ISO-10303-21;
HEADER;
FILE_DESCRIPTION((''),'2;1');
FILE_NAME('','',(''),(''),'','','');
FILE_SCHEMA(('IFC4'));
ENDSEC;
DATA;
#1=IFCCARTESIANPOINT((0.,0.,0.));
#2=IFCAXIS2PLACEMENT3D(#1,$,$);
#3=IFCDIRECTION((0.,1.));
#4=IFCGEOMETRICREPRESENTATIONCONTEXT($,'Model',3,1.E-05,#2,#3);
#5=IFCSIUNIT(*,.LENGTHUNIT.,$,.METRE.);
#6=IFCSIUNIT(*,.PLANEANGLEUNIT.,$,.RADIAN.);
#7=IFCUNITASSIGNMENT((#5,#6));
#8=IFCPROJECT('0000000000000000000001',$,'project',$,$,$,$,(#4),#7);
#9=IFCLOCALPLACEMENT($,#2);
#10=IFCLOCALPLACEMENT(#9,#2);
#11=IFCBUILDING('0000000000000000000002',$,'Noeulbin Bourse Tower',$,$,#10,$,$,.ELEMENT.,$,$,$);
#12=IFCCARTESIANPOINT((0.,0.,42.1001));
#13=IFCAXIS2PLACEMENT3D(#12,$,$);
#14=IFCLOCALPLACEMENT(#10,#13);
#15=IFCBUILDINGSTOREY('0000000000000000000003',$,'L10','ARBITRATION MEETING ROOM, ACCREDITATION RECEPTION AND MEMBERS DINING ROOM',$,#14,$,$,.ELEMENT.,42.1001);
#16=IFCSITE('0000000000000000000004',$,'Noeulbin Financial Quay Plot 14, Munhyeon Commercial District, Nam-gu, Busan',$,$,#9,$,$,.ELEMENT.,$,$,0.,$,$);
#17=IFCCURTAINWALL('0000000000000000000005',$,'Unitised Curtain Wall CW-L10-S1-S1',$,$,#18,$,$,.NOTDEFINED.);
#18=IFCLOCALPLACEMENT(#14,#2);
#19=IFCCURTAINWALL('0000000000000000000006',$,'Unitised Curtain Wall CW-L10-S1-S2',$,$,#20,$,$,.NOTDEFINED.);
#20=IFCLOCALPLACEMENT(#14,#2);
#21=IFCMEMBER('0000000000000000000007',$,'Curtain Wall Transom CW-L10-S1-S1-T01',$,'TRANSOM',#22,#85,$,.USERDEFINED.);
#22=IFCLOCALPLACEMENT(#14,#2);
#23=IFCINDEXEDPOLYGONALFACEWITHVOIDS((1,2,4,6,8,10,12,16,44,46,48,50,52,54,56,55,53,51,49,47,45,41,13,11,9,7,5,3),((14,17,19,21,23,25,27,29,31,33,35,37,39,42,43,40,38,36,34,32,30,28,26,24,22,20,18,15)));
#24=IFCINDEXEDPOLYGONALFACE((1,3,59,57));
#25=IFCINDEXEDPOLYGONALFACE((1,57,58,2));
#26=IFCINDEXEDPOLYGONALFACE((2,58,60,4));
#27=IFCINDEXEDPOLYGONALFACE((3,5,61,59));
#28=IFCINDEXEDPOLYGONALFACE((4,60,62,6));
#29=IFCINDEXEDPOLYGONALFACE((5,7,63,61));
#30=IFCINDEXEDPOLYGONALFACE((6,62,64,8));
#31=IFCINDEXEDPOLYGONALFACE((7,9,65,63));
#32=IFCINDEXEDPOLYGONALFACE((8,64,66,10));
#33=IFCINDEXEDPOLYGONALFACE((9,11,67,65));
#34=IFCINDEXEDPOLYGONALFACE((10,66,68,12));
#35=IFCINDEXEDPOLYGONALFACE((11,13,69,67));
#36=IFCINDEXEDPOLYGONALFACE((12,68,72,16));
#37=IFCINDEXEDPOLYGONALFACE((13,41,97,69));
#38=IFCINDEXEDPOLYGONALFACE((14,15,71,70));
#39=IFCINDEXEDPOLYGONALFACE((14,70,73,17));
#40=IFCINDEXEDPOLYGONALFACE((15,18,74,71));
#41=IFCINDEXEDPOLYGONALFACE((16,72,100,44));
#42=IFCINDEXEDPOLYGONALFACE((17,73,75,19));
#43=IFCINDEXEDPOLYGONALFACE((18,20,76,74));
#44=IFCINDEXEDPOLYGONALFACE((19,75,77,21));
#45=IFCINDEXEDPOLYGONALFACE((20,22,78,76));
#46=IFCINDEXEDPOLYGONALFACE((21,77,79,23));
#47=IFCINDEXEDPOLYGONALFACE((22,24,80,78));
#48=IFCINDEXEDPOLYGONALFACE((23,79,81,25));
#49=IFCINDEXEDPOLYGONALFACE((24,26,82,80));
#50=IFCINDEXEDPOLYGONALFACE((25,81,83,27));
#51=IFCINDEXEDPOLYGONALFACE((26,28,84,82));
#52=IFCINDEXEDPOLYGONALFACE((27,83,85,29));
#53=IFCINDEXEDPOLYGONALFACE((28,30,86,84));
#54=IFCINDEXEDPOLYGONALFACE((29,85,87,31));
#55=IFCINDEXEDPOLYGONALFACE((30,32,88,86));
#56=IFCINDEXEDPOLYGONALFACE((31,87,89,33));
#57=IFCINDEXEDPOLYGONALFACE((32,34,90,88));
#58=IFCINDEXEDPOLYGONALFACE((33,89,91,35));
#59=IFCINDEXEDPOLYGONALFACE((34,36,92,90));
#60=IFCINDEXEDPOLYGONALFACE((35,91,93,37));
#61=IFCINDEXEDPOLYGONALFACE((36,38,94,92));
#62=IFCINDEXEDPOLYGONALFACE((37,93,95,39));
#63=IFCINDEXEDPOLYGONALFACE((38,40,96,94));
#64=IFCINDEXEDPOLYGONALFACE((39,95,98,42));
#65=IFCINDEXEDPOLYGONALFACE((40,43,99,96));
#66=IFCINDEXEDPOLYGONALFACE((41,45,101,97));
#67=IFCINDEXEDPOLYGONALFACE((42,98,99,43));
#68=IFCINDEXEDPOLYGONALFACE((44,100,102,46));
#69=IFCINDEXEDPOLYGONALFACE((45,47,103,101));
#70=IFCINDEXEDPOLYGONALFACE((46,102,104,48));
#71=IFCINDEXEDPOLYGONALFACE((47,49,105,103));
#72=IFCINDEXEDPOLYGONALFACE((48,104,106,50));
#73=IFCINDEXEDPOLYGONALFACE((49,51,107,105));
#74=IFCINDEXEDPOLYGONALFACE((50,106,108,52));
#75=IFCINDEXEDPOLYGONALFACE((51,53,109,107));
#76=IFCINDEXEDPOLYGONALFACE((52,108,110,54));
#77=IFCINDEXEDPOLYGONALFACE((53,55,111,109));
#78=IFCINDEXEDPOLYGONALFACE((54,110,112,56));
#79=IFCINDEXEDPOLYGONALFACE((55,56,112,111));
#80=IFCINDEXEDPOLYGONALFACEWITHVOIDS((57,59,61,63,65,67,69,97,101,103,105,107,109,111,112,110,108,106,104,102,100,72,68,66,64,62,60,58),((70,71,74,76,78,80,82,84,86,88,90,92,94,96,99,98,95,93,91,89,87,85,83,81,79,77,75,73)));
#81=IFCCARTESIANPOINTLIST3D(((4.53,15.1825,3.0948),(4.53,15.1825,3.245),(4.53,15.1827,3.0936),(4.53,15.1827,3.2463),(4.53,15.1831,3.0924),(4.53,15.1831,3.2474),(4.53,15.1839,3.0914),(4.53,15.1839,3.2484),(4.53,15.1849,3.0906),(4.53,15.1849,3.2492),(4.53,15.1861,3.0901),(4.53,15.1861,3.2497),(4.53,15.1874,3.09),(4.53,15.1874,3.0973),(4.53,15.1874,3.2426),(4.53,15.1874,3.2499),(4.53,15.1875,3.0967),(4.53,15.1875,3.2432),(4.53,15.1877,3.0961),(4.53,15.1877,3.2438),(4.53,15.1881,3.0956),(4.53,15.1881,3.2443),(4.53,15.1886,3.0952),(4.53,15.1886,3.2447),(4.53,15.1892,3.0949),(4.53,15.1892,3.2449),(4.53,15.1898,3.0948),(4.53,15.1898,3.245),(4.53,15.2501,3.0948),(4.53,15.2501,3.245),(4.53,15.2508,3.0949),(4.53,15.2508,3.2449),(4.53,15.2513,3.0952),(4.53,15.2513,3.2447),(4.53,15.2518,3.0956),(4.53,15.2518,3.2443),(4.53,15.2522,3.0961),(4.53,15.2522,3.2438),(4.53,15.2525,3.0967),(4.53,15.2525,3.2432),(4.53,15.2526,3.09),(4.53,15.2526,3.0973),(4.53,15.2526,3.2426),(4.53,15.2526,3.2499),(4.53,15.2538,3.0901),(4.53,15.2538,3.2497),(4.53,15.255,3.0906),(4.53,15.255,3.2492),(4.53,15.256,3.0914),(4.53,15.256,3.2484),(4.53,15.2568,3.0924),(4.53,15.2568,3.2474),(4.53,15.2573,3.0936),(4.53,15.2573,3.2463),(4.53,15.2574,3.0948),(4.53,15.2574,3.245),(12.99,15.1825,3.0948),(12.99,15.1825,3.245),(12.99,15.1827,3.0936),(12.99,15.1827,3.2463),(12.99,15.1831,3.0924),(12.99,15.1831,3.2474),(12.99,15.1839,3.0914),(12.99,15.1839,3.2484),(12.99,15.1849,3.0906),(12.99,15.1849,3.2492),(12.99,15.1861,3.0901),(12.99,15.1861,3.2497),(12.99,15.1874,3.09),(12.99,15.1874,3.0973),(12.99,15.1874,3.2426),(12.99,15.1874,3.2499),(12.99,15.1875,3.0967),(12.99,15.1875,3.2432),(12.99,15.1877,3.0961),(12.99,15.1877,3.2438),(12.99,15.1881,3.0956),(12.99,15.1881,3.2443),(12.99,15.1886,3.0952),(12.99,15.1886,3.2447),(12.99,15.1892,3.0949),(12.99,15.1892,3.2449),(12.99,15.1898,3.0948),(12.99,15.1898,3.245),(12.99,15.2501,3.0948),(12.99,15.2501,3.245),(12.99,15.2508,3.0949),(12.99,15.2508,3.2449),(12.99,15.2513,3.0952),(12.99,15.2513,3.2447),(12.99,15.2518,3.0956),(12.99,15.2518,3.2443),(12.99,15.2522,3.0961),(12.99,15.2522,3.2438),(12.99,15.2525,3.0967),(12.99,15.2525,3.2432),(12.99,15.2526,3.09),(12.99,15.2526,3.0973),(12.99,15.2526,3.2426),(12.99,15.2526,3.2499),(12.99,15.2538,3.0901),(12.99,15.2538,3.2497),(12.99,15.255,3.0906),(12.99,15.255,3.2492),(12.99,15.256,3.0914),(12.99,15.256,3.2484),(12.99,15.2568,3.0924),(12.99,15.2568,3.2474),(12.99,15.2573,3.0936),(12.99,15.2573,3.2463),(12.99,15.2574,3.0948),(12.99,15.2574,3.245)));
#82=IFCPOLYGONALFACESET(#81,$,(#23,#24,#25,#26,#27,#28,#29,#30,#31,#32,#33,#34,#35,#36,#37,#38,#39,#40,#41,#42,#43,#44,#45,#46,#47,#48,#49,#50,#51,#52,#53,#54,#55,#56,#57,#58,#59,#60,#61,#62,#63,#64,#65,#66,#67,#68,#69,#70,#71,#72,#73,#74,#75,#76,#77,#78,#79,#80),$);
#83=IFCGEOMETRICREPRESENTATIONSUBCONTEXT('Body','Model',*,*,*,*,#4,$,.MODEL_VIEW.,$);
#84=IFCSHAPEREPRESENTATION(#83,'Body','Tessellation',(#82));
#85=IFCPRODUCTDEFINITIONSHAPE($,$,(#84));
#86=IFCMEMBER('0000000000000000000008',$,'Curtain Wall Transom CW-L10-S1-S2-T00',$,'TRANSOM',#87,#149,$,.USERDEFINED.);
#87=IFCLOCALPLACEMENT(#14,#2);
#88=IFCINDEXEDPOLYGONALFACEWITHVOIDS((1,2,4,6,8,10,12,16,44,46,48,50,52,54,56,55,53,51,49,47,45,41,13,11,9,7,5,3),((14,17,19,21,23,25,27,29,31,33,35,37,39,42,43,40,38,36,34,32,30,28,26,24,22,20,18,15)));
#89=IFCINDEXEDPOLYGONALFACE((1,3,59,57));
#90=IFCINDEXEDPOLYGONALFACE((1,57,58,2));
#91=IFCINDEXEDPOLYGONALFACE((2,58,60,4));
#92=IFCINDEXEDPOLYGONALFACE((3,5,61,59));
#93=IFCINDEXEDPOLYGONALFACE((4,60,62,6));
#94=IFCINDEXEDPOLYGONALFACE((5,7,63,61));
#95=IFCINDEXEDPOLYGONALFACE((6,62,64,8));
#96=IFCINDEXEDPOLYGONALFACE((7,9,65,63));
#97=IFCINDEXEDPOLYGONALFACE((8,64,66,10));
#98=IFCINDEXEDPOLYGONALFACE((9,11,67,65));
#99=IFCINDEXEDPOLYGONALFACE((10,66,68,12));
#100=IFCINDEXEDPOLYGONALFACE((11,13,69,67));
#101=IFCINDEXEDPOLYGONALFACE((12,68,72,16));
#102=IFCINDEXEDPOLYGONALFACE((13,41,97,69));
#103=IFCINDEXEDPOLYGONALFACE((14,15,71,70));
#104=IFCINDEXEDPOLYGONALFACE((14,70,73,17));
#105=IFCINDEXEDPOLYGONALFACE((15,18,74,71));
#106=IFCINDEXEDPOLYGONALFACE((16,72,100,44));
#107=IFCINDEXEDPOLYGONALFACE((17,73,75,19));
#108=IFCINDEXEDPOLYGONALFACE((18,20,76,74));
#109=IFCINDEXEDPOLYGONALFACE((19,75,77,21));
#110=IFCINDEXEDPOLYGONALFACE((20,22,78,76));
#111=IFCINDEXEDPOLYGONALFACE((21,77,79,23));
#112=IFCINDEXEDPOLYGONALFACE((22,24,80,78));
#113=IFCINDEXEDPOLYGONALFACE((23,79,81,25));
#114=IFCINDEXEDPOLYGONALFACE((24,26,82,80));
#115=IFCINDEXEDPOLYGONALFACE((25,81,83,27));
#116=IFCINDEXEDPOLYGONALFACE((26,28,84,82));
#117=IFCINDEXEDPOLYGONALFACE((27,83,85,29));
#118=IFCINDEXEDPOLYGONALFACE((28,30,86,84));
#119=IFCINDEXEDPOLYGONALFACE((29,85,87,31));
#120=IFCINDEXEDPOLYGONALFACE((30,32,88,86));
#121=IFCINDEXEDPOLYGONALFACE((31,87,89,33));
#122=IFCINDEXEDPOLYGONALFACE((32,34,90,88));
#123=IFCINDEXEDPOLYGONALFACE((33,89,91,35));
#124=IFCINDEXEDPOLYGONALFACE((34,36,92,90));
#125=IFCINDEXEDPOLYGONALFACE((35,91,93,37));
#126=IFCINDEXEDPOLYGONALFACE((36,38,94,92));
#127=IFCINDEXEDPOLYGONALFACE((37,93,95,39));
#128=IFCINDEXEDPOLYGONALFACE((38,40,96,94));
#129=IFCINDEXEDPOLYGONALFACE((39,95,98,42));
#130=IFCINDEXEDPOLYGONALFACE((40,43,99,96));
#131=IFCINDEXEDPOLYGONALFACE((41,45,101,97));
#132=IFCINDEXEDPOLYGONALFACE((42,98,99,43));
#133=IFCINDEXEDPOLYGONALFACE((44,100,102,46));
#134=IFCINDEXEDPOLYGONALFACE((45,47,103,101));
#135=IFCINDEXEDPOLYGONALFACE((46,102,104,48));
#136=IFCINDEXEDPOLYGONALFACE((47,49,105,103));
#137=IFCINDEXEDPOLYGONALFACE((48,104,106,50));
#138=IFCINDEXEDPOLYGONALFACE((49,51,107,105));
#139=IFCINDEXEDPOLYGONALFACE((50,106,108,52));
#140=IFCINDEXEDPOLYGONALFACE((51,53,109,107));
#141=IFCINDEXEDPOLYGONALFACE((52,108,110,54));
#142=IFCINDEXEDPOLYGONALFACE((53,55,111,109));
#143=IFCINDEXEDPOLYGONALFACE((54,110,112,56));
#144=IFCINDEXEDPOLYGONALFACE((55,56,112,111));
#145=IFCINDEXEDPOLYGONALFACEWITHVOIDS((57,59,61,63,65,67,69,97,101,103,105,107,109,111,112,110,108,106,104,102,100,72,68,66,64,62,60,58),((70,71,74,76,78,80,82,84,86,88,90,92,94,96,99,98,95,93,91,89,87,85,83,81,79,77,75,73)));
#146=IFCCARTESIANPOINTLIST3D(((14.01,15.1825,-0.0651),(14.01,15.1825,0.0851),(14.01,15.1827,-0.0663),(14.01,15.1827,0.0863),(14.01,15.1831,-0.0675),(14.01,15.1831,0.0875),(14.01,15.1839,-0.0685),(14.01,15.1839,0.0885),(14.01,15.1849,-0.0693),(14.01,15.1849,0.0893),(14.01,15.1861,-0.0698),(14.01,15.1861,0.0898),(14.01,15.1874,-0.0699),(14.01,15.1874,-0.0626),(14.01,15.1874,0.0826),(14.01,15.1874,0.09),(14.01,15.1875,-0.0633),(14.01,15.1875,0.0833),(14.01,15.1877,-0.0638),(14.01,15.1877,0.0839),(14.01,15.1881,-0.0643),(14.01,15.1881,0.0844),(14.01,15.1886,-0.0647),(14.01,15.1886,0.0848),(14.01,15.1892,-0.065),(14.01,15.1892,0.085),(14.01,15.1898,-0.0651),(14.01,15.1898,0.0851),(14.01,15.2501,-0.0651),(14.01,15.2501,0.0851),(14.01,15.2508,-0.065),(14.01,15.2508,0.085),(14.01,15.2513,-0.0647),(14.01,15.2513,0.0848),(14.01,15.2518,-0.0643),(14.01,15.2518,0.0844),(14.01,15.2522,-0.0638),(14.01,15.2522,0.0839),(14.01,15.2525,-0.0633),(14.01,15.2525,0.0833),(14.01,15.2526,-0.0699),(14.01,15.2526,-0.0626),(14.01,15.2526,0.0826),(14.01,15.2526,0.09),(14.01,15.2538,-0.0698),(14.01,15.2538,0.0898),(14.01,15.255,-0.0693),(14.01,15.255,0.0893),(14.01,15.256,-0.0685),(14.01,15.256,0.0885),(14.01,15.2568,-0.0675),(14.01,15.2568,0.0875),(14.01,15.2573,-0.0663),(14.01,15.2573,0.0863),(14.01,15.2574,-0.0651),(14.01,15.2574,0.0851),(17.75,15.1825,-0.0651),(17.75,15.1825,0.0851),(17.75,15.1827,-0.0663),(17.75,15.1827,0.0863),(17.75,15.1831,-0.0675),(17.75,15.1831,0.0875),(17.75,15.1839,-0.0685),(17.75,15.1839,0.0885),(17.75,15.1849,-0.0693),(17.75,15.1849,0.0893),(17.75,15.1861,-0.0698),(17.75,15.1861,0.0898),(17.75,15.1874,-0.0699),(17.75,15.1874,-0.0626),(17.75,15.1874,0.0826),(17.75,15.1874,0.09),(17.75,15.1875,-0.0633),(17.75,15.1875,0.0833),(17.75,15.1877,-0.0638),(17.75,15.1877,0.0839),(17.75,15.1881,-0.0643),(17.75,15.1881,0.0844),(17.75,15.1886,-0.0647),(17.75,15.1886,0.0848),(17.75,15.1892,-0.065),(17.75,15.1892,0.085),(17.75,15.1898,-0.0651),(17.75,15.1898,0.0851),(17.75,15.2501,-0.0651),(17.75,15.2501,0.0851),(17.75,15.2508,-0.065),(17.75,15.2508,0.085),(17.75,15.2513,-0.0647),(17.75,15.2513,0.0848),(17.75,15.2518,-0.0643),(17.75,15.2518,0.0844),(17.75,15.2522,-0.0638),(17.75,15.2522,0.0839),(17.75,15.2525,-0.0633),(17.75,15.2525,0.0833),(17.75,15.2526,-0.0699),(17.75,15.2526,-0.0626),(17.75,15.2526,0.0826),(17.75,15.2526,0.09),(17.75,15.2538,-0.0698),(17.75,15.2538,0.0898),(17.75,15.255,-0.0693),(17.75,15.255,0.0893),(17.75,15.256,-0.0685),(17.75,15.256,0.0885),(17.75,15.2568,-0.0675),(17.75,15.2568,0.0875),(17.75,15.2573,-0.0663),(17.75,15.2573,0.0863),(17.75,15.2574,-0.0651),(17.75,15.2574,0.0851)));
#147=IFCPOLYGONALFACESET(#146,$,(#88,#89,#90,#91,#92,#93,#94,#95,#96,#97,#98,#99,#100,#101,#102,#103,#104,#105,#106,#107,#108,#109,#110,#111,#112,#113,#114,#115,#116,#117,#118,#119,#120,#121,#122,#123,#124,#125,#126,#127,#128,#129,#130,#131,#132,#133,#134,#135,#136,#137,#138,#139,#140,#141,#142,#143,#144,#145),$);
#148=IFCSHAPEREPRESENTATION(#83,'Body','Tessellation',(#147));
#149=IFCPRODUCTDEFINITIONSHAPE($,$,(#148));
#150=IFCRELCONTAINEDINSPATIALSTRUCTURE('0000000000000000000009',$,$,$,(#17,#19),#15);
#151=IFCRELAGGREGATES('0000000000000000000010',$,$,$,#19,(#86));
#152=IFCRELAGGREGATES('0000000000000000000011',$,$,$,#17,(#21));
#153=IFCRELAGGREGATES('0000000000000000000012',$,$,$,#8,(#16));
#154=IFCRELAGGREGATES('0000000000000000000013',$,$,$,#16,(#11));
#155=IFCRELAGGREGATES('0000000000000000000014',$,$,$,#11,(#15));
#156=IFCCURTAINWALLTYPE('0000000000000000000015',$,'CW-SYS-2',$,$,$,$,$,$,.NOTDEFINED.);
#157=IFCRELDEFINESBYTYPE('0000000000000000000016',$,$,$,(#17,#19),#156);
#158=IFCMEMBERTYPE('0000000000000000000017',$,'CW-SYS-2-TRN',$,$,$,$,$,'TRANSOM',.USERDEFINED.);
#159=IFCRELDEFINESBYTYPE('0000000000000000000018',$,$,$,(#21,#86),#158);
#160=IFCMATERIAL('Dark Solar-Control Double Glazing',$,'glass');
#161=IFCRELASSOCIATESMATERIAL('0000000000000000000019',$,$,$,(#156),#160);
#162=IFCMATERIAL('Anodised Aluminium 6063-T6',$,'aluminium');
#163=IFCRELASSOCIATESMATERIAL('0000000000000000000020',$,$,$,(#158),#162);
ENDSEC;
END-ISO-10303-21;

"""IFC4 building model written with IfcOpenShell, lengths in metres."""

from ifc_helpers import new_model, si_unit, direction, frame, origin, origin_2d, place, context, subcontext, project, spatial, hollow_rectangle, extrude, material, material_profile, profile_set, type_object, element, aggregate, save


model = new_model("IFC4")

# Units and contexts
model_context = context("Model", 3, precision=1e-05, world=origin(), true_north=direction((0.0, 1.0)))
body_context = subcontext(model_context, "Body", "Model", "MODEL_VIEW")
ifc_project = project(units=[si_unit("LENGTHUNIT", "METRE"), si_unit("PLANEANGLEUNIT", "RADIAN")], contexts=[model_context])

# Site, building, storey
site_placement = place(None, origin())
site = spatial("IfcSite", under=ifc_project, at=site_placement, Name="Noeulbin Financial Quay Plot 14, Munhyeon Commercial District, Nam-gu, Busan", CompositionType="ELEMENT", RefElevation=0.0)
building_placement = place(site_placement, origin())
building = spatial("IfcBuilding", under=site, at=building_placement, Name="Noeulbin Bourse Tower", CompositionType="ELEMENT")
storey_placement = place(building_placement, frame((0.0, 0.0, 42.1001)))
storey = spatial("IfcBuildingStorey", under=building, at=storey_placement, Name="L10", Description="ARBITRATION MEETING ROOM, ACCREDITATION RECEPTION AND MEMBERS DINING ROOM", CompositionType="ELEMENT", Elevation=42.1001)

# Curtain wall
ifc_material_1 = material(Name="Dark Solar-Control Double Glazing", Category="glass")
curtain_wall_type = type_object("IfcCurtainWallType", Name="CW-SYS-2", PredefinedType="NOTDEFINED", material=ifc_material_1)
curtain_wall_1_placement = place(storey_placement, origin())
curtain_wall_1 = element("IfcCurtainWall", 1, at=curtain_wall_1_placement, inside=storey, type_object=curtain_wall_type, Name="Unitised Curtain Wall CW-L10-S1-S1", PredefinedType="NOTDEFINED")
ifc_material_2 = material(Name="Anodised Aluminium 6063-T6", Category="aluminium")

# Curtain wall
curtain_wall_2_placement = place(storey_placement, origin())
curtain_wall_2 = element("IfcCurtainWall", 2, at=curtain_wall_2_placement, inside=storey, type_object=curtain_wall_type, Name="Unitised Curtain Wall CW-L10-S1-S2", PredefinedType="NOTDEFINED")

# Members
ifc_material_profile_1 = material_profile(ifc_material_2, hollow_rectangle(XDim=0.075, YDim=0.1599, WallThickness=0.0049, InnerFilletRadius=0.0024, OuterFilletRadius=0.0049, at=origin_2d()), Name="ALU-TRAN-75x160x5", Category="LoadBearing")
ifc_profile_set_1 = profile_set([ifc_material_profile_1], Name="Anodised Aluminium 6063-T6")
member_type_1 = type_object("IfcMemberType", Name="CW-SYS-2-TRN", ElementType="TRANSOM", PredefinedType="USERDEFINED", material=ifc_profile_set_1)
member_1_placement = place(storey_placement, frame((4.53, 15.22, 3.1699), z_axis=(1.0, 0.0, 0.0), x_axis=(0.0, 1.0, 0.0)))
member_1 = element("IfcMember", 3, at=member_1_placement, type_object=member_type_1, Name="Curtain Wall Transom CW-L10-S1-S1-T01", ObjectType="TRANSOM", PredefinedType="USERDEFINED", context=body_context, shape_type="SweptSolid", body=[
    extrude(hollow_rectangle(XDim=0.075, YDim=0.1599, WallThickness=0.0049, InnerFilletRadius=0.0024, OuterFilletRadius=0.0049, at=origin_2d()), origin(), (0.0, 0.0, 1.0), 8.46),
])
member_2_placement = place(storey_placement, frame((14.01, 15.22, 0.01), z_axis=(1.0, 0.0, 0.0), x_axis=(0.0, 1.0, 0.0)))
member_2 = element("IfcMember", 4, at=member_2_placement, type_object=member_type_1, Name="Curtain Wall Transom CW-L10-S1-S2-T00", ObjectType="TRANSOM", PredefinedType="USERDEFINED", context=body_context, shape_type="SweptSolid", body=[
    extrude(hollow_rectangle(XDim=0.075, YDim=0.1599, WallThickness=0.0049, InnerFilletRadius=0.0024, OuterFilletRadius=0.0049, at=origin_2d()), origin(), (0.0, 0.0, 1.0), 3.74),
])
aggregate(curtain_wall_2, [member_2])

aggregate(curtain_wall_1, [member_1])

save(model, "model.ifc")
